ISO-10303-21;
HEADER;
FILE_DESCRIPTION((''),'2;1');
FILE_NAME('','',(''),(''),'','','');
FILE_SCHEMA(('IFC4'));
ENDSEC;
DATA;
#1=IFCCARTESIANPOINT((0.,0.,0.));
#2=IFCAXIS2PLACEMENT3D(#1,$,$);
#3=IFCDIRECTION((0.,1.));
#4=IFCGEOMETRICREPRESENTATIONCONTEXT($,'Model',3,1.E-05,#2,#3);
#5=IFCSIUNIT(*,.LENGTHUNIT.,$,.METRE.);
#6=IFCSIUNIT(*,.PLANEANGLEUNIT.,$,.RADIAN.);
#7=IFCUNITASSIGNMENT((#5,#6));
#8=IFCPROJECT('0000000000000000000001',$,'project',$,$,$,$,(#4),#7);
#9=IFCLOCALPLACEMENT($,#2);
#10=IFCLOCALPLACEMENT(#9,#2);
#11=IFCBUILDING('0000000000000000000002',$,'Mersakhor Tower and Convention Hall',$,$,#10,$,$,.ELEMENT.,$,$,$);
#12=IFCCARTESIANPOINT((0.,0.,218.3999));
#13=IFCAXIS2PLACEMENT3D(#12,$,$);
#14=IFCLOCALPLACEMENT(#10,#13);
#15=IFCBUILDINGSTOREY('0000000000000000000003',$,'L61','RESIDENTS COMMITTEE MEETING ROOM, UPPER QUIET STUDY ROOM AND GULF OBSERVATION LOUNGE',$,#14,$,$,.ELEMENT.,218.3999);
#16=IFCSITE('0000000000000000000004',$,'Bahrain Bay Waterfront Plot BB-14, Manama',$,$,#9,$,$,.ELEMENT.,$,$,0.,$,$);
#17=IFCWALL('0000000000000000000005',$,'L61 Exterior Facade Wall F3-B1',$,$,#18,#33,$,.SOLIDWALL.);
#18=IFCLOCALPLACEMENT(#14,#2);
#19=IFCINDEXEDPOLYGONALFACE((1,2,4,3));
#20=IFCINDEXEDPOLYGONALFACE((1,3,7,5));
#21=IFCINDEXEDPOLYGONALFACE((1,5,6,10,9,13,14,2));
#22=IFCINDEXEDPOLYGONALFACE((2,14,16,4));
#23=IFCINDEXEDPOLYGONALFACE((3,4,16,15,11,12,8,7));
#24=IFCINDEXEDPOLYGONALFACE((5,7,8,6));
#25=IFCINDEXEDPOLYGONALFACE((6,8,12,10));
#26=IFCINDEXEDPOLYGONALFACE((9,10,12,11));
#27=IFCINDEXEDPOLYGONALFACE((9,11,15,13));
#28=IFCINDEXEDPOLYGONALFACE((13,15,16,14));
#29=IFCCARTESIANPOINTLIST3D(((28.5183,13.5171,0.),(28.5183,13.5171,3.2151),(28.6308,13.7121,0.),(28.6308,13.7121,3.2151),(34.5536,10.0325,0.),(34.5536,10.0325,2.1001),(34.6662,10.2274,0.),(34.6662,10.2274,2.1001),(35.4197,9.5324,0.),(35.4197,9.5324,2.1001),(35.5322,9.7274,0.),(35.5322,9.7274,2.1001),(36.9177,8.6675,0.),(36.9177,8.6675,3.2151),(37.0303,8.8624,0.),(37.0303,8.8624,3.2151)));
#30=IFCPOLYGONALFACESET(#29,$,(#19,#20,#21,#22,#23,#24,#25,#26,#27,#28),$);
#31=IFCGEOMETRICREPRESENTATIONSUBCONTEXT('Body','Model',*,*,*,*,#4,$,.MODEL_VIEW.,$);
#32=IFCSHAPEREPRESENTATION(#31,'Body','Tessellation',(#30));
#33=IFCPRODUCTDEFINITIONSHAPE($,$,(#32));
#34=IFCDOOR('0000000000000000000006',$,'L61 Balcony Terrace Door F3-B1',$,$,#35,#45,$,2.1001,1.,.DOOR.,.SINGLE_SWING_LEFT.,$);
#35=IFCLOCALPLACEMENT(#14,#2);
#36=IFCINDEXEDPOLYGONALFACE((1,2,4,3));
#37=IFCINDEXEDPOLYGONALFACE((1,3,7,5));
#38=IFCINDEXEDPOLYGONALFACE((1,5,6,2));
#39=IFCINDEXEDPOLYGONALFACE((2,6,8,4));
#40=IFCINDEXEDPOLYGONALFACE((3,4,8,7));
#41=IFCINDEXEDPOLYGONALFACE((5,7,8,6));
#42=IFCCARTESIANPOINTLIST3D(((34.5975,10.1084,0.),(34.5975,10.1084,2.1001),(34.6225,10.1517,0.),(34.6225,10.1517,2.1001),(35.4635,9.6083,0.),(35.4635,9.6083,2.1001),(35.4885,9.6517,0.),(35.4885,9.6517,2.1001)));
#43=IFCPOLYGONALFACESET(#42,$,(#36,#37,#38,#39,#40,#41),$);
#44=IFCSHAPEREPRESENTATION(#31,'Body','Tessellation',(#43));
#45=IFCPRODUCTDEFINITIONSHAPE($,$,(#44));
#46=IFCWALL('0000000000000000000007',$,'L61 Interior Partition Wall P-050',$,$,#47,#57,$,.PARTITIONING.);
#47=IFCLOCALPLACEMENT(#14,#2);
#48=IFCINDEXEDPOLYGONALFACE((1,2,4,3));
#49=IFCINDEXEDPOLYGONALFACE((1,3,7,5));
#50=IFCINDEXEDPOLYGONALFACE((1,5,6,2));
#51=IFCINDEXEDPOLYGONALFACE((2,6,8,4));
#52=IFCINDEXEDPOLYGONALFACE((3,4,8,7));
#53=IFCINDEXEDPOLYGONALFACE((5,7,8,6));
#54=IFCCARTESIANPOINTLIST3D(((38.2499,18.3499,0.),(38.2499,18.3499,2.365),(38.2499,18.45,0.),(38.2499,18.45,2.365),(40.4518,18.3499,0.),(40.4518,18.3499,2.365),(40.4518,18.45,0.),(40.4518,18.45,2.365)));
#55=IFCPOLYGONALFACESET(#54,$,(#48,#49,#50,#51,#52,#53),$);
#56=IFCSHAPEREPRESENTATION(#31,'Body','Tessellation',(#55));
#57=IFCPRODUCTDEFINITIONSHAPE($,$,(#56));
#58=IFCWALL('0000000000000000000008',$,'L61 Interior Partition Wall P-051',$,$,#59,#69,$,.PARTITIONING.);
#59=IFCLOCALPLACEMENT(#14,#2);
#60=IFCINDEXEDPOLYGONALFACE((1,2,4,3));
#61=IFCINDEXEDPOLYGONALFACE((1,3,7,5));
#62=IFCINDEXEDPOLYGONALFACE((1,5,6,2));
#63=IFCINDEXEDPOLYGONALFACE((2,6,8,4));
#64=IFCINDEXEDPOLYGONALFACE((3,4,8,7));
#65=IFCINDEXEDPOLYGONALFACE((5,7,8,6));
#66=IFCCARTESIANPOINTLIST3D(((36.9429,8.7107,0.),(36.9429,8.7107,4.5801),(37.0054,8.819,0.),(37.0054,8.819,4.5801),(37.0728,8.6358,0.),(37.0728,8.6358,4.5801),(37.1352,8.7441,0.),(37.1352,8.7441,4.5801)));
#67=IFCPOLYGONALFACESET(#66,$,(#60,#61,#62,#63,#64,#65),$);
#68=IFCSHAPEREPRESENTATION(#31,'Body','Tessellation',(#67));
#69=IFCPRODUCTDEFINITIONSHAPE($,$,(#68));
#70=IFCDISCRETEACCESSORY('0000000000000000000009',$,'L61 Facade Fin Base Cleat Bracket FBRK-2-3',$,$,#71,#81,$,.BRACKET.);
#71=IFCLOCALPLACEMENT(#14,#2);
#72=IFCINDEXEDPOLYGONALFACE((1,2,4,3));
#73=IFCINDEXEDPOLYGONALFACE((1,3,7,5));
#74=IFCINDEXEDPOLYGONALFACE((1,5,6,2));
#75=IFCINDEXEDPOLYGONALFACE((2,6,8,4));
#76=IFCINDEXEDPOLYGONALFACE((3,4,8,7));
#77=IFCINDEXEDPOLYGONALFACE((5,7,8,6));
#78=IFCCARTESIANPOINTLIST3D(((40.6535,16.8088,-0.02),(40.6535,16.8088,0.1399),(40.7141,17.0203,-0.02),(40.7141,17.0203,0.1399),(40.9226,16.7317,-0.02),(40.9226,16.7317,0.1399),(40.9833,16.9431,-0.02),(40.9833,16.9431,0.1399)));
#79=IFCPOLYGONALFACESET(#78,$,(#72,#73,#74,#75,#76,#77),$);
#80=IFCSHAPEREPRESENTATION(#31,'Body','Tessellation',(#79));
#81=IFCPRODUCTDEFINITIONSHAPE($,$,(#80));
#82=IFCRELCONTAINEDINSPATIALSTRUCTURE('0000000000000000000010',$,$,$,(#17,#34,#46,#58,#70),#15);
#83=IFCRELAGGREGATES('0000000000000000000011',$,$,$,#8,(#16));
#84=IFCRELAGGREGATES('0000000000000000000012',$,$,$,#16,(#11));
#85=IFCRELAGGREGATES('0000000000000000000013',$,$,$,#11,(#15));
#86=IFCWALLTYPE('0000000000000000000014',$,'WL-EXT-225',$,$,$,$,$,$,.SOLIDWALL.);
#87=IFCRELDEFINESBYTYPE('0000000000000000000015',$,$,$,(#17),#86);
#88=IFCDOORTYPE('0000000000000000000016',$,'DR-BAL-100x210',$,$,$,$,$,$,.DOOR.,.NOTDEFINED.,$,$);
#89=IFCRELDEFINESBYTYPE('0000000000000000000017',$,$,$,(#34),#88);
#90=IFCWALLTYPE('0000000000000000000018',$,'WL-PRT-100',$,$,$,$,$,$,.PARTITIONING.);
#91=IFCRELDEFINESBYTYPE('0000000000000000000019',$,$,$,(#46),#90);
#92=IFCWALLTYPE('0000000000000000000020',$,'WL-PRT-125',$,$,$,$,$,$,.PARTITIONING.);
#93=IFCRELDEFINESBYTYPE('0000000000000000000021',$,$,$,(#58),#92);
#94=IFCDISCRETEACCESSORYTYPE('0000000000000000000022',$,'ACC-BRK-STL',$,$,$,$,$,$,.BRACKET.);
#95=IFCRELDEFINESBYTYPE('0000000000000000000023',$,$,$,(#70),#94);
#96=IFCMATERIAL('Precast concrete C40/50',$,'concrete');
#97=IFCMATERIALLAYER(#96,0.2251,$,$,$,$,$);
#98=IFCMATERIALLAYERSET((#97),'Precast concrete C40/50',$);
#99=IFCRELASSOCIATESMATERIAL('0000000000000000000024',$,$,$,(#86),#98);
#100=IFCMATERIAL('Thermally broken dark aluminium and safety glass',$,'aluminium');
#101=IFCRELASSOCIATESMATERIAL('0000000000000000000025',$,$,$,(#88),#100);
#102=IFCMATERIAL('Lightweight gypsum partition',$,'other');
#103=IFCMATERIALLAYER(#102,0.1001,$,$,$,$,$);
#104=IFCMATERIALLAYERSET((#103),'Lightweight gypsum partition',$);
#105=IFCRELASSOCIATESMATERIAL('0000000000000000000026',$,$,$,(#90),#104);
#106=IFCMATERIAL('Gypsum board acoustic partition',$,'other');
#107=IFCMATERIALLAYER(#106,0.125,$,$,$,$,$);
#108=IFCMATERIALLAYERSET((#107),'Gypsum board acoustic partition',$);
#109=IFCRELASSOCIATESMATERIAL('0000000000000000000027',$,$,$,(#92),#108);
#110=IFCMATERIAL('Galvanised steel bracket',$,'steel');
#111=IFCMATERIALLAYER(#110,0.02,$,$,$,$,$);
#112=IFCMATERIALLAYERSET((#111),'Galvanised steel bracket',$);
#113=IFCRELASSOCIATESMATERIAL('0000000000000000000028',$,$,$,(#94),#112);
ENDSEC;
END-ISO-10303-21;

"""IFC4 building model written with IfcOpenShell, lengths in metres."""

from ifc_helpers import new_model, si_unit, direction, frame, frame_2d, origin, origin_2d, place, context, subcontext, project, spatial, rectangle, extrude, material, layer, layer_set, type_object, element, fill, save


model = new_model("IFC4")

# Units and contexts
model_context = context("Model", 3, precision=1e-05, world=origin(), true_north=direction((0.0, 1.0)))
body_context = subcontext(model_context, "Body", "Model", "MODEL_VIEW")
ifc_project = project(units=[si_unit("LENGTHUNIT", "METRE"), si_unit("PLANEANGLEUNIT", "RADIAN")], contexts=[model_context])

# Site, building, storey
site_placement = place(None, origin())
site = spatial("IfcSite", under=ifc_project, at=site_placement, Name="Bahrain Bay Waterfront Plot BB-14, Manama", CompositionType="ELEMENT", RefElevation=0.0)
building_placement = place(site_placement, origin())
building = spatial("IfcBuilding", under=site, at=building_placement, Name="Mersakhor Tower and Convention Hall", CompositionType="ELEMENT")
storey_placement = place(building_placement, frame((0.0, 0.0, 218.3999)))
storey = spatial("IfcBuildingStorey", under=building, at=storey_placement, Name="L61", Description="RESIDENTS COMMITTEE MEETING ROOM, UPPER QUIET STUDY ROOM AND GULF OBSERVATION LOUNGE", CompositionType="ELEMENT", Elevation=218.3999)

# Shared definitions
ifc_material_1 = material(Name="Precast concrete C40/50", Category="concrete")
ifc_layer_1 = layer(ifc_material_1, 0.2251)
ifc_layer_set_1 = layer_set([ifc_layer_1], Name="Precast concrete C40/50")
wall_type_1 = type_object("IfcWallType", Name="WL-EXT-225", PredefinedType="SOLIDWALL", material=ifc_layer_set_1)

# Wall, opening, door
wall_1_placement = place(storey_placement, frame((36.9741, 8.7649, 0.0), z_axis=(0.0, 0.0, 1.0), x_axis=(-0.866016, 0.500016, 0.0)))
wall_1 = element("IfcWall", 1, at=wall_1_placement, inside=storey, type_object=wall_type_1, Name="L61 Exterior Facade Wall F3-B1", PredefinedType="SOLIDWALL", context=body_context, shape_type="SweptSolid", body=[
    extrude(rectangle(XDim=9.699, YDim=0.2251, at=frame_2d((4.8496, 0.0))), origin(), (0.0, 0.0, 1.0), 3.2151),
])
opening_1_placement = place(wall_1_placement, frame((1.73, 0.0, 0.0)))
opening_1 = element("IfcOpeningElement", 2, at=opening_1_placement, cuts=wall_1, PredefinedType="OPENING", context=body_context, shape_type="SweptSolid", body=[
    extrude(rectangle(XDim=1.0, YDim=2.1001, at=frame_2d((0.5, 1.05))), frame((0.0, 0.1226, 0.0), z_axis=(0.0, -1.0, 0.0), x_axis=(1.0, 0.0, 0.0)), (0.0, 0.0, 1.0), 0.2451),
])
ifc_material_2 = material(Name="Thermally broken dark aluminium and safety glass", Category="aluminium")
door_type_1 = type_object("IfcDoorType", Name="DR-BAL-100x210", OperationType="NOTDEFINED", PredefinedType="DOOR", material=ifc_material_2)
door_1_placement = place(opening_1_placement, origin())
door_1 = element("IfcDoor", 3, at=door_1_placement, inside=storey, type_object=door_type_1, Name="L61 Balcony Terrace Door F3-B1", OperationType="SINGLE_SWING_LEFT", OverallHeight=2.1001, OverallWidth=1.0, PredefinedType="DOOR", context=body_context, shape_type="SweptSolid", body=[
    extrude(rectangle(XDim=1.0, YDim=2.1001, at=frame_2d((0.5, 1.05))), frame((0.0, 0.0249, 0.0), z_axis=(0.0, -1.0, 0.0), x_axis=(1.0, 0.0, 0.0)), (0.0, 0.0, 1.0), 0.05),
])
fill(opening_1, door_1)

# Walls
ifc_material_3 = material(Name="Lightweight gypsum partition", Category="other")
ifc_layer_2 = layer(ifc_material_3, 0.1001)
ifc_layer_set_2 = layer_set([ifc_layer_2], Name="Lightweight gypsum partition")
wall_type_2 = type_object("IfcWallType", Name="WL-PRT-100", PredefinedType="PARTITIONING", material=ifc_layer_set_2)
wall_2_placement = place(storey_placement, frame((40.4519, 18.3999, 0.0), z_axis=(0.0, 0.0, 1.0), x_axis=(-1.0, 0.0, 0.0)))
element("IfcWall", 4, at=wall_2_placement, inside=storey, type_object=wall_type_2, Name="L61 Interior Partition Wall P-050", PredefinedType="PARTITIONING", context=body_context, shape_type="SweptSolid", body=[
    extrude(rectangle(XDim=2.2019, YDim=0.1001, at=frame_2d((1.1011, 0.0))), origin(), (0.0, 0.0, 1.0), 2.365),
])
ifc_material_4 = material(Name="Gypsum board acoustic partition", Category="other")
ifc_layer_3 = layer(ifc_material_4, 0.125)
ifc_layer_set_3 = layer_set([ifc_layer_3], Name="Gypsum board acoustic partition")
wall_type_3 = type_object("IfcWallType", Name="WL-PRT-125", PredefinedType="PARTITIONING", material=ifc_layer_set_3)
wall_3_placement = place(storey_placement, frame((37.104, 8.6899, 0.0), z_axis=(0.0, 0.0, 1.0), x_axis=(-0.866131, 0.499816, 0.0)))
element("IfcWall", 5, at=wall_3_placement, inside=storey, type_object=wall_type_3, Name="L61 Interior Partition Wall P-051", PredefinedType="PARTITIONING", context=body_context, shape_type="SweptSolid", body=[
    extrude(rectangle(XDim=0.1499, YDim=0.125, at=frame_2d((0.075, 0.0))), origin(), (0.0, 0.0, 1.0), 4.5801),
])

# Discrete accessory
ifc_material_5 = material(Name="Galvanised steel bracket", Category="steel")
ifc_layer_4 = layer(ifc_material_5, 0.02)
ifc_layer_set_4 = layer_set([ifc_layer_4], Name="Galvanised steel bracket")
discrete_accessory_type = type_object("IfcDiscreteAccessoryType", Name="ACC-BRK-STL", PredefinedType="BRACKET", material=ifc_layer_set_4)
discrete_accessory_placement = place(storey_placement, frame((40.8184, 16.876, -0.02), z_axis=(0.0, 0.0, 1.0), x_axis=(0.961262, -0.275637, 0.0)))
element("IfcDiscreteAccessory", 6, at=discrete_accessory_placement, inside=storey, type_object=discrete_accessory_type, Name="L61 Facade Fin Base Cleat Bracket FBRK-2-3", PredefinedType="BRACKET", context=body_context, shape_type="SweptSolid", body=[
    extrude(rectangle(XDim=0.28, YDim=0.22, at=origin_2d()), origin(), (0.0, 0.0, 1.0), 0.1599),
])

save(model, "model.ifc")
